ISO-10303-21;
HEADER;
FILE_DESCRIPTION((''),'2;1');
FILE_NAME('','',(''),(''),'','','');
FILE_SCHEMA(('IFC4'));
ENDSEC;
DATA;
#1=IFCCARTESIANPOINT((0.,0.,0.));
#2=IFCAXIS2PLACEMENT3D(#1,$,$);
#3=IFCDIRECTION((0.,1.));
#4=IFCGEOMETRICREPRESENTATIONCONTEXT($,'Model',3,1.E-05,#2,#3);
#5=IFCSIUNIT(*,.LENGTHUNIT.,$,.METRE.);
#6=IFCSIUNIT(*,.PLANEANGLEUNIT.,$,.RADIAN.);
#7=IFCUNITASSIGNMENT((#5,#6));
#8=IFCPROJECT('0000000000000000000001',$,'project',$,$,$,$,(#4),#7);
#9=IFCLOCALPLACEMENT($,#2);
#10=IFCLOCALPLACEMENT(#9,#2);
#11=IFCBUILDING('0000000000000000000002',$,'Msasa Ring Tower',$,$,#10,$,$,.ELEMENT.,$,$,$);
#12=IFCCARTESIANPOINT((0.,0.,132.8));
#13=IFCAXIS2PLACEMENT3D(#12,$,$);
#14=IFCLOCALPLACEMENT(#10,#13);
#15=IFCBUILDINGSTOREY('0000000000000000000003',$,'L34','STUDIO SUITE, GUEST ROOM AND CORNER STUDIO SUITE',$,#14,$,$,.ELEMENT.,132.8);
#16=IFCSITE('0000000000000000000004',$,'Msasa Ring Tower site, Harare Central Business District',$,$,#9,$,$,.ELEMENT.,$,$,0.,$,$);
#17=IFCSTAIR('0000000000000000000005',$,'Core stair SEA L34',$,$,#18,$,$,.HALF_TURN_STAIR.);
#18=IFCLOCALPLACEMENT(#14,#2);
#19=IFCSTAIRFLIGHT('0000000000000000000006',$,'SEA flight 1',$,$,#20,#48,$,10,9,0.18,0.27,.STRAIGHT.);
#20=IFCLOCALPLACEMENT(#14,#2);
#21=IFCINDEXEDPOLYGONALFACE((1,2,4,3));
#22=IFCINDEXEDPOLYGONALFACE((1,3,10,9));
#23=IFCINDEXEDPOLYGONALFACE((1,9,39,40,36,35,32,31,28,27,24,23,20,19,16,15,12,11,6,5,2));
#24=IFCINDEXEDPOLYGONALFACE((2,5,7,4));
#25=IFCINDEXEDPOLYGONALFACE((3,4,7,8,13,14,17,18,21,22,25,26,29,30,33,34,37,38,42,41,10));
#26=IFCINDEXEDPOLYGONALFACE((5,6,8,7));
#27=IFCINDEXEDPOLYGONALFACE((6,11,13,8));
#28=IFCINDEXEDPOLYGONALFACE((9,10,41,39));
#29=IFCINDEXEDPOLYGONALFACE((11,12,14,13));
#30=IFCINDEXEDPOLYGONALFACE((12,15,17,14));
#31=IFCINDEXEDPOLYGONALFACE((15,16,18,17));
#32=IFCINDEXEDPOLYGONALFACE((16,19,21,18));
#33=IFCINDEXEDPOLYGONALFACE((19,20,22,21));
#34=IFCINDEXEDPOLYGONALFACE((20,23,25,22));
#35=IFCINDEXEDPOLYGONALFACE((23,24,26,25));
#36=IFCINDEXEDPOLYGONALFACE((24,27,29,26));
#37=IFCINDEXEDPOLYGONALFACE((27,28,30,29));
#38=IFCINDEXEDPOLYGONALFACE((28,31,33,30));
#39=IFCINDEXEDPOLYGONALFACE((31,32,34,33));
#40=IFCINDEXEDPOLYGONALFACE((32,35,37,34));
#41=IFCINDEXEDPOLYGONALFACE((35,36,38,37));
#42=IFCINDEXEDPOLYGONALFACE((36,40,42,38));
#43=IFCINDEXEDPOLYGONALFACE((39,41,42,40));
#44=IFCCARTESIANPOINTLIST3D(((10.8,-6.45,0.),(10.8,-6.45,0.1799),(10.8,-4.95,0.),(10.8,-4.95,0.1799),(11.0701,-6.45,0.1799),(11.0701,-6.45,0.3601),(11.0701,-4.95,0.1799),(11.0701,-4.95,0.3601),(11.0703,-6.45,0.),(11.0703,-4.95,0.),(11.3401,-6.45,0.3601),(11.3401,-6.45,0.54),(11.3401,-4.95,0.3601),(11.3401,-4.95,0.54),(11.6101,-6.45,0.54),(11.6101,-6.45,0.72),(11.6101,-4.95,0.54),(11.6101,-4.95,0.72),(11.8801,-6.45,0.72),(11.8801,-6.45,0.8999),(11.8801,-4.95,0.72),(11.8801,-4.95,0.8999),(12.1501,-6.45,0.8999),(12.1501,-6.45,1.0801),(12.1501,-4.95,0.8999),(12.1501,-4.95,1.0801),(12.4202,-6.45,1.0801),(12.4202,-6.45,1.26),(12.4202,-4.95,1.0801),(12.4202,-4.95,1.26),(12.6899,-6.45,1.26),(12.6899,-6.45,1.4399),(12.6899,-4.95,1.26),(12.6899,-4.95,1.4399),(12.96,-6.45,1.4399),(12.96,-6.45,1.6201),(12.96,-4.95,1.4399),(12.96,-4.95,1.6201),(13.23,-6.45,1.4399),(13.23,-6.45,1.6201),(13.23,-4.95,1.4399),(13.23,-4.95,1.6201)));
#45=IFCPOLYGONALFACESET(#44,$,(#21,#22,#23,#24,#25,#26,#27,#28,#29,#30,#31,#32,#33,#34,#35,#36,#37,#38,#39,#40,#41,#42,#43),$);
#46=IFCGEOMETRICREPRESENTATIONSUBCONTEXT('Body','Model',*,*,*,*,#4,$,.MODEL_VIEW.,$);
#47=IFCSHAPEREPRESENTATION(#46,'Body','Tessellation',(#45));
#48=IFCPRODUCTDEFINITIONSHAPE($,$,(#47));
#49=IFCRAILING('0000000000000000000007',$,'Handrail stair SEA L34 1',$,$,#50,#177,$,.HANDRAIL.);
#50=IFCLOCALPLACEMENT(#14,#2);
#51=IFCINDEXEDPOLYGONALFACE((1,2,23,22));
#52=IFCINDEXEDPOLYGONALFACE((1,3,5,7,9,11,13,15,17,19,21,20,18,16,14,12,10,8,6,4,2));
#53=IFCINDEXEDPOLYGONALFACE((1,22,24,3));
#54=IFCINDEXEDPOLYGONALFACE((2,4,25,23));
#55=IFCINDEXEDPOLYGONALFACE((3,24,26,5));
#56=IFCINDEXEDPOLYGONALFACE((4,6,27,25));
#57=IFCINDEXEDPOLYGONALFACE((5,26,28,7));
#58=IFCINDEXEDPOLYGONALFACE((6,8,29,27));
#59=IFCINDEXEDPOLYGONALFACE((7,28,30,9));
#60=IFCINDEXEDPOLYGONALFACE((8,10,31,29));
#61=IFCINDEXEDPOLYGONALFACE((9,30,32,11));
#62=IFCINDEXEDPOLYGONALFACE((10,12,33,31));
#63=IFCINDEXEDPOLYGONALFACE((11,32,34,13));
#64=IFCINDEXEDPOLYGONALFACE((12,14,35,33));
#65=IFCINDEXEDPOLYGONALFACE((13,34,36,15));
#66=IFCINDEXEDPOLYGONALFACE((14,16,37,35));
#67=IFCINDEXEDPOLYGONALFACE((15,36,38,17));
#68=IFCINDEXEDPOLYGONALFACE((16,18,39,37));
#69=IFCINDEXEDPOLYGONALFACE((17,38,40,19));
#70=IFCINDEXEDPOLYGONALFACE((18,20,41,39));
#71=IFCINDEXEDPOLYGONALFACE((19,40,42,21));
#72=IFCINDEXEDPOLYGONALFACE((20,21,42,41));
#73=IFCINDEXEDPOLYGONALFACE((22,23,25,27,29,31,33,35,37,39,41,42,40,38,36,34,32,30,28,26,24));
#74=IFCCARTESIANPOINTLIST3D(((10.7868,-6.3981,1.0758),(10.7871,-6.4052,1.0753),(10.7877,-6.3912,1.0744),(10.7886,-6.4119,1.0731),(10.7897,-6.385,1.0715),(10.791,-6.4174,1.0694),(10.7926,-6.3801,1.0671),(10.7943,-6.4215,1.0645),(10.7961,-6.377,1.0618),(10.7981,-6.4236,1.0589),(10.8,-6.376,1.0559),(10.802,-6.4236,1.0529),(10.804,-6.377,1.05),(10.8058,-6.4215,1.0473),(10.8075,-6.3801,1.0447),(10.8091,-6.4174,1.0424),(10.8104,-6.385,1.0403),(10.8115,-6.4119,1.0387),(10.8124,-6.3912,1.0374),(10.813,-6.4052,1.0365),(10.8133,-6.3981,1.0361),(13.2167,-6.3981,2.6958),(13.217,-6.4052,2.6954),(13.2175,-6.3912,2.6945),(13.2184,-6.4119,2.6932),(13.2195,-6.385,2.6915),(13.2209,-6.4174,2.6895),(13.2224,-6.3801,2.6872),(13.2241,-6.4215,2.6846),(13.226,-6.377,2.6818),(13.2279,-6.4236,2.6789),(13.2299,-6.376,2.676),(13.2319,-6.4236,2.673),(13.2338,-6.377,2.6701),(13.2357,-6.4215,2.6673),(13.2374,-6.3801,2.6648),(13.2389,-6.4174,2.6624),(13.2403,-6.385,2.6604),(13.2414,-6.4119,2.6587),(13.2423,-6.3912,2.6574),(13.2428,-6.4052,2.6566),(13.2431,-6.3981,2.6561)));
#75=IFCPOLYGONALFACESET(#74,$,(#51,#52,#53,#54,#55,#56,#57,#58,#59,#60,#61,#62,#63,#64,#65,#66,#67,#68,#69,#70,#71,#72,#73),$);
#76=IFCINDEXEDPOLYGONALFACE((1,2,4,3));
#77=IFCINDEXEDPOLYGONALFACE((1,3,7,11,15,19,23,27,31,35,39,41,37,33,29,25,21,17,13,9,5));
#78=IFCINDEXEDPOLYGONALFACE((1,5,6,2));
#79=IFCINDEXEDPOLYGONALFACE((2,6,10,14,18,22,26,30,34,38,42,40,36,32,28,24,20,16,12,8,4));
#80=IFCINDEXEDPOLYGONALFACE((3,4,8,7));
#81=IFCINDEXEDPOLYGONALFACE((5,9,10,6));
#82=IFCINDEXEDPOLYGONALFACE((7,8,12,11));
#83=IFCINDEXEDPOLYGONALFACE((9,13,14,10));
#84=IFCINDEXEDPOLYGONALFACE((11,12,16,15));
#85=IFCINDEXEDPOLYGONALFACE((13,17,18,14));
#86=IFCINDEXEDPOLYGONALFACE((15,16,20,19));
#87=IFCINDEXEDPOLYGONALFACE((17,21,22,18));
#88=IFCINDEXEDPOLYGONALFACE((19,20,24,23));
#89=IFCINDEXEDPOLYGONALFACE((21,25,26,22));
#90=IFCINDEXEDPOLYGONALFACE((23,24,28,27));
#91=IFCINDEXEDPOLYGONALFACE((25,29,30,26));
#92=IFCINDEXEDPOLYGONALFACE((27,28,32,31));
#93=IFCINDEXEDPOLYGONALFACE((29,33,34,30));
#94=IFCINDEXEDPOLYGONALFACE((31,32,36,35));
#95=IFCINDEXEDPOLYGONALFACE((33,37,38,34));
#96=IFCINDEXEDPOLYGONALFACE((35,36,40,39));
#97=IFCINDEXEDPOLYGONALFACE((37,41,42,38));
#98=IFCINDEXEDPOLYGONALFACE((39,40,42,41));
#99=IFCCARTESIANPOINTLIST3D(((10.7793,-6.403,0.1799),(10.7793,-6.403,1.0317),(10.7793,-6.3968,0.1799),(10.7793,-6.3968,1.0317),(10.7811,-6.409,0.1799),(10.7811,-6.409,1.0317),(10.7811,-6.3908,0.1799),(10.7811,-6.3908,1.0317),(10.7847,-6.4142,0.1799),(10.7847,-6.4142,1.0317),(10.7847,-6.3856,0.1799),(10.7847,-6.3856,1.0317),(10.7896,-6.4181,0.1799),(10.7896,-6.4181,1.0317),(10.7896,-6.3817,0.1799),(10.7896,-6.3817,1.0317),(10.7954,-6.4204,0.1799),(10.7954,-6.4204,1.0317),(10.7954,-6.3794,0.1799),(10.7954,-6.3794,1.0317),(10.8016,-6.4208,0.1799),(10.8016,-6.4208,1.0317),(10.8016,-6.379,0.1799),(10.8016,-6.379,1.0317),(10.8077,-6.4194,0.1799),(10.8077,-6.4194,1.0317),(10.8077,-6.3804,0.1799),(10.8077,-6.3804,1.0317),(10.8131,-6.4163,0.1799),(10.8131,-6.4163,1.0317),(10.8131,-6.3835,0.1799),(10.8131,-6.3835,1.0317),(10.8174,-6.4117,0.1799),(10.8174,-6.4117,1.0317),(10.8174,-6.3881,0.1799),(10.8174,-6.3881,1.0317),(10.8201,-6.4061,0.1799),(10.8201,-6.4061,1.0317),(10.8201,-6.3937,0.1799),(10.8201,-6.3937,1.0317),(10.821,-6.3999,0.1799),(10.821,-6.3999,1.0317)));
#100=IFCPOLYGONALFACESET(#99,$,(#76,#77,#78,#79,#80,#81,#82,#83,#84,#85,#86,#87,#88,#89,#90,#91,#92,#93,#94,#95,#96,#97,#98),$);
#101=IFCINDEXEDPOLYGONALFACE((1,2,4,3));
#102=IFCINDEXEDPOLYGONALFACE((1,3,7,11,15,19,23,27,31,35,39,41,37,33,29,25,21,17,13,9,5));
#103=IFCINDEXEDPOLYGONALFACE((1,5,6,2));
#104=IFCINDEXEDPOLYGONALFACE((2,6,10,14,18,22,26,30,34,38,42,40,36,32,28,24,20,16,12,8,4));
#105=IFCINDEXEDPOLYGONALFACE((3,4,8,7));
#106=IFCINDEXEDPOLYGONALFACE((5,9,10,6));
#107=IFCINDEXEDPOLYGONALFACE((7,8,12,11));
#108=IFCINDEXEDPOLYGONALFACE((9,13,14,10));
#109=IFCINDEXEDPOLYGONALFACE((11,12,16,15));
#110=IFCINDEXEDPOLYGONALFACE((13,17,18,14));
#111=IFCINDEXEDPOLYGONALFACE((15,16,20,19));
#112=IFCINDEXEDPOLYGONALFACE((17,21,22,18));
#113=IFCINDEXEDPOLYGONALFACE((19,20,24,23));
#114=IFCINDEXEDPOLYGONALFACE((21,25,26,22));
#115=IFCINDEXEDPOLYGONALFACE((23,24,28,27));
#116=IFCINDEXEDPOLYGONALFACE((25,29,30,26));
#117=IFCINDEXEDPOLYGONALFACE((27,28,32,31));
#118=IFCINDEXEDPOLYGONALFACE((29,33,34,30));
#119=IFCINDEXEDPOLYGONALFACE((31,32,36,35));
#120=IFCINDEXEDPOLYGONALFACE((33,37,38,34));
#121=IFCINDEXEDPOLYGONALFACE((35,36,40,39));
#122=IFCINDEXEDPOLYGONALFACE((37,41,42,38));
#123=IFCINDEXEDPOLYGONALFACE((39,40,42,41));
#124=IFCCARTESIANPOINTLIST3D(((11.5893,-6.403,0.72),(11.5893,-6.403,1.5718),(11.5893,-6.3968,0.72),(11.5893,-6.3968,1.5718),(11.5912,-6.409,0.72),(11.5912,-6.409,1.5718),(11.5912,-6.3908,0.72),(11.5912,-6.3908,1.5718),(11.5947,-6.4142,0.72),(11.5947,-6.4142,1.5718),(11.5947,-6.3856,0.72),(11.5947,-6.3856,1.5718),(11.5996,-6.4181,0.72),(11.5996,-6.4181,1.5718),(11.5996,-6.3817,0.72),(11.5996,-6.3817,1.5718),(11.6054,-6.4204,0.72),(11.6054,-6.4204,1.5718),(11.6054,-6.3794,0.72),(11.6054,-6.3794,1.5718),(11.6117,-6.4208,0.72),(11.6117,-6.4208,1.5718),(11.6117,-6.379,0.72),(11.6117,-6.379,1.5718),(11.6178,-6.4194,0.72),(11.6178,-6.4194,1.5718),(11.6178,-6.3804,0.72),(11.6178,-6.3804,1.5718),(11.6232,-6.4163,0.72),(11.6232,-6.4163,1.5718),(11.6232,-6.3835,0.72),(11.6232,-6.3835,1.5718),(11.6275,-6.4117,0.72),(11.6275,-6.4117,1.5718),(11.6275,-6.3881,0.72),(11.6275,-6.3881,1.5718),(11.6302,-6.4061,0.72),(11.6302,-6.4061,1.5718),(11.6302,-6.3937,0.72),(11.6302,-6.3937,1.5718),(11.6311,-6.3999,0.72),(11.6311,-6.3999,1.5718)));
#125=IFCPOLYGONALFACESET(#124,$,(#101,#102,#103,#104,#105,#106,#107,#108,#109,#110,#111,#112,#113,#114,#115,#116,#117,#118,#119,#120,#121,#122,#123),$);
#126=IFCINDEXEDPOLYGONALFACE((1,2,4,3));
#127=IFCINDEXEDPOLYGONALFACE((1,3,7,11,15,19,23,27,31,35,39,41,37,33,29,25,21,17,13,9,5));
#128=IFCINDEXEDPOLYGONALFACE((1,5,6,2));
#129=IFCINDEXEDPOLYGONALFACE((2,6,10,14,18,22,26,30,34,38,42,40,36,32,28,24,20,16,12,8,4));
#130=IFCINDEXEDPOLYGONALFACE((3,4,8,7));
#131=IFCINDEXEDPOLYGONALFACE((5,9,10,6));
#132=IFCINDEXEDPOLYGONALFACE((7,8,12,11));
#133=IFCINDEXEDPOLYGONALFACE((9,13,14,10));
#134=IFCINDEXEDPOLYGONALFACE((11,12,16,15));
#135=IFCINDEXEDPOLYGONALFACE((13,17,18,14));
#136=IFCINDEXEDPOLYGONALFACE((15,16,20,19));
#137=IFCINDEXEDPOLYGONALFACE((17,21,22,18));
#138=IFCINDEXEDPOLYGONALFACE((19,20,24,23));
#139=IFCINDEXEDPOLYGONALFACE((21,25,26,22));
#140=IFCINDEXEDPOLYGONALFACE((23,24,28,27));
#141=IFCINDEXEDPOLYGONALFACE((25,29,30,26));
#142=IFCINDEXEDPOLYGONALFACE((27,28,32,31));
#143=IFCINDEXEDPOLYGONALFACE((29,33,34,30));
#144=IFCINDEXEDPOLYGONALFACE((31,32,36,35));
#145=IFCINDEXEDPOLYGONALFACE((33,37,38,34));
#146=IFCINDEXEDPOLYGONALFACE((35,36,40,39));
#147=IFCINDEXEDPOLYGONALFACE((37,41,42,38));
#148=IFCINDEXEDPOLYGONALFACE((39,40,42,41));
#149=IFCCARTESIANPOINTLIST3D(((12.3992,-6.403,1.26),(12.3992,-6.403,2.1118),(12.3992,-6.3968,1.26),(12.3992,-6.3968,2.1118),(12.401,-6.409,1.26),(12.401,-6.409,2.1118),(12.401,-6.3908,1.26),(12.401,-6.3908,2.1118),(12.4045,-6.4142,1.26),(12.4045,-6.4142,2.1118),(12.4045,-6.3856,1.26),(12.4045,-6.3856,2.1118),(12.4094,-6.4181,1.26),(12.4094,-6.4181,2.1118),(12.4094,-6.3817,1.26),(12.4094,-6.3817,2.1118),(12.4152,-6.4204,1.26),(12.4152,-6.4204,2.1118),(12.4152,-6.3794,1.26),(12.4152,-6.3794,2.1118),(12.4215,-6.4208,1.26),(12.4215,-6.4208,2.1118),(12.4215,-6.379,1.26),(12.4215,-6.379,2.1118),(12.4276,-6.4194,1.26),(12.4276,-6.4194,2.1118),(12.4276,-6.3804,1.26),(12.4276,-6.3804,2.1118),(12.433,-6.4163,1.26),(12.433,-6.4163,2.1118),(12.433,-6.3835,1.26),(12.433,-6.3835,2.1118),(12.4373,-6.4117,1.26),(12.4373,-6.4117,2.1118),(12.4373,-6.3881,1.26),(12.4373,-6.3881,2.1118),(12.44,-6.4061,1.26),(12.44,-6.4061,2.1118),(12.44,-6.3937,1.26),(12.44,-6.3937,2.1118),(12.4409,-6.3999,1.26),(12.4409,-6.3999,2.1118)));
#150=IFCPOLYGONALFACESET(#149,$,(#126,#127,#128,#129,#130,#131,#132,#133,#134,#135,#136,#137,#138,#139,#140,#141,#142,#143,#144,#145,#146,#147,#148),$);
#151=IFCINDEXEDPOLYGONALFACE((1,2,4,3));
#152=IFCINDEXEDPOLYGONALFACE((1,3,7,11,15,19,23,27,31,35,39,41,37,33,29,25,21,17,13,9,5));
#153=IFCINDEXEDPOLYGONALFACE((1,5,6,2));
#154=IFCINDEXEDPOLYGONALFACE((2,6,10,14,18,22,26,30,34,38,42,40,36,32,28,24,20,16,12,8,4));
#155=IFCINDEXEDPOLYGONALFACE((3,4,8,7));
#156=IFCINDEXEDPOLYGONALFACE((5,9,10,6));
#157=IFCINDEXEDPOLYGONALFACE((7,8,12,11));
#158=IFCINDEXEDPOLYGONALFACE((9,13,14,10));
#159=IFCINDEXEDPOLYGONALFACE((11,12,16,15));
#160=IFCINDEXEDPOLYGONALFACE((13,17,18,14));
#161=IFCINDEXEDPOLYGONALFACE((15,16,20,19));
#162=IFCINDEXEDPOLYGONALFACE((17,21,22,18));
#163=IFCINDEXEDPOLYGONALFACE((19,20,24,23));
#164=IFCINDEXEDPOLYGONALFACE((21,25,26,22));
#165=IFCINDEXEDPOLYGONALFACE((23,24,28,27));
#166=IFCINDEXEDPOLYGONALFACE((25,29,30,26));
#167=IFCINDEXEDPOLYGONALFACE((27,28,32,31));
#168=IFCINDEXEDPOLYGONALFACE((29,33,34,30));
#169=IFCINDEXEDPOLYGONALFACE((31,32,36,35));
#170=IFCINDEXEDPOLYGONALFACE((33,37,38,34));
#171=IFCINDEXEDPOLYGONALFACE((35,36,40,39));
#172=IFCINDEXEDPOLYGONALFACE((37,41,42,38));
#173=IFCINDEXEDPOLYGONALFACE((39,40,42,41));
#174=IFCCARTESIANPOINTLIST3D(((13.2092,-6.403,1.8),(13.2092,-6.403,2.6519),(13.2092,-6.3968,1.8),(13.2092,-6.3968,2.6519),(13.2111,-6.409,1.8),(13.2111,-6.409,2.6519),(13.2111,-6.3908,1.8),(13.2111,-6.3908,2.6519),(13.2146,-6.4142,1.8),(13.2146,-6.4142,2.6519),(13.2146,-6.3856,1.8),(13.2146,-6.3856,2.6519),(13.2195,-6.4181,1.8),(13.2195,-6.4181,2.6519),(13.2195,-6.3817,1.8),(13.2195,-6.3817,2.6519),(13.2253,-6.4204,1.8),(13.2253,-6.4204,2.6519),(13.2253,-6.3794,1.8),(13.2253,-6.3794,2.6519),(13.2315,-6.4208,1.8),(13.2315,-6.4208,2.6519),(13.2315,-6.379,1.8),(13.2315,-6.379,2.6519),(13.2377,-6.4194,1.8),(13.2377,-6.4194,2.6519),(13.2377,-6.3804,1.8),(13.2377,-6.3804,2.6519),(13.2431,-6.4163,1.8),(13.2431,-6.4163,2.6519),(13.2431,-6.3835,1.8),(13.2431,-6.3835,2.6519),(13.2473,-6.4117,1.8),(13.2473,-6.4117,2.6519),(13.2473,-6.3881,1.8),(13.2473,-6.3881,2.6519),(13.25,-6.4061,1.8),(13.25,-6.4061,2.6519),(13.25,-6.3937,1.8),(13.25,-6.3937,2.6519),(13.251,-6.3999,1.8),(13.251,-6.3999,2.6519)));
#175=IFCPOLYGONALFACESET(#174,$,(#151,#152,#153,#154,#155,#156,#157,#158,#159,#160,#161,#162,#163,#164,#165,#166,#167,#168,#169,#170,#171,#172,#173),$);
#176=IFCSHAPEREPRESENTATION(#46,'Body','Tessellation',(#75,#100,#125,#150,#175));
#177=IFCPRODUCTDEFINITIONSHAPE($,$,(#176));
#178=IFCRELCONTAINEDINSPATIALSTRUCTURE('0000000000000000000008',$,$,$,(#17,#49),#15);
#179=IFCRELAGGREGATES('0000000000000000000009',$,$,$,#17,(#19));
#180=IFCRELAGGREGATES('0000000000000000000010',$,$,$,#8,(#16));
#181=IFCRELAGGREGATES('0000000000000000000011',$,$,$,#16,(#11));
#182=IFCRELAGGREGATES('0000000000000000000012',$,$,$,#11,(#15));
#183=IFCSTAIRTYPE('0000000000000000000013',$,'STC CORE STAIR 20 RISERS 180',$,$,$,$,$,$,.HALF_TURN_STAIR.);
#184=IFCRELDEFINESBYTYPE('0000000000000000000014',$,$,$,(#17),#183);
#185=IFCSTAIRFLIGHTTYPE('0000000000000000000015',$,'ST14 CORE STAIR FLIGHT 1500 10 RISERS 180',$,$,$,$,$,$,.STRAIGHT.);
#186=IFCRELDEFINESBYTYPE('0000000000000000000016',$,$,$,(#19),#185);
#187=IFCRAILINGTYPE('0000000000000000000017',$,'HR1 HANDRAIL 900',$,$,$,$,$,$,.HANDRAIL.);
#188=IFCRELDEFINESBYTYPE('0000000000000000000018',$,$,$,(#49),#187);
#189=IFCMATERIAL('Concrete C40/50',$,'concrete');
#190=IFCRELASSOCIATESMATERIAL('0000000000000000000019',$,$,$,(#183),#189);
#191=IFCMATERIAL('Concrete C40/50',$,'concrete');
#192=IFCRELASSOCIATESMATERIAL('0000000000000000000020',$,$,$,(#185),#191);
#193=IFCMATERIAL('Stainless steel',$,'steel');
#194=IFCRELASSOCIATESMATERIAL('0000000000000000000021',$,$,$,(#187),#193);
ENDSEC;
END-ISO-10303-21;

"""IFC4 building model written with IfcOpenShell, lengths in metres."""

from ifc_helpers import new_model, si_unit, direction, frame, origin, origin_2d, place, context, subcontext, project, spatial, polyline, circle, outline, extrude, material, type_object, element, aggregate, save


model = new_model("IFC4")

# Units and contexts
model_context = context("Model", 3, precision=1e-05, world=origin(), true_north=direction((0.0, 1.0)))
body_context = subcontext(model_context, "Body", "Model", "MODEL_VIEW")
ifc_project = project(units=[si_unit("LENGTHUNIT", "METRE"), si_unit("PLANEANGLEUNIT", "RADIAN")], contexts=[model_context])

# Site, building, storey
site_placement = place(None, origin())
site = spatial("IfcSite", under=ifc_project, at=site_placement, Name="Msasa Ring Tower site, Harare Central Business District", CompositionType="ELEMENT", RefElevation=0.0)
building_placement = place(site_placement, origin())
building = spatial("IfcBuilding", under=site, at=building_placement, Name="Msasa Ring Tower", CompositionType="ELEMENT")
storey_placement = place(building_placement, frame((0.0, 0.0, 132.8)))
storey = spatial("IfcBuildingStorey", under=building, at=storey_placement, Name="L34", Description="STUDIO SUITE, GUEST ROOM AND CORNER STUDIO SUITE", CompositionType="ELEMENT", Elevation=132.8)

# Shared definitions
ifc_material_1 = material(Name="Concrete C40/50", Category="concrete")
stair_type = type_object("IfcStairType", Name="STC CORE STAIR 20 RISERS 180", PredefinedType="HALF_TURN_STAIR", material=ifc_material_1)

# Stair, stair flight
stair_1_placement = place(storey_placement, origin())
stair_1 = element("IfcStair", 1, at=stair_1_placement, inside=storey, type_object=stair_type, Name="Core stair SEA L34", PredefinedType="HALF_TURN_STAIR")
ifc_material_2 = material(Name="Concrete C40/50", Category="concrete")
stair_flight_type = type_object("IfcStairFlightType", Name="ST14 CORE STAIR FLIGHT 1500 10 RISERS 180", PredefinedType="STRAIGHT", material=ifc_material_2)
stair_flight_placement = place(storey_placement, frame((10.8, -5.7, 0.0), z_axis=(0.0, 0.0, 1.0), x_axis=(1.0, 0.0, 0.0)))
stair_flight = element("IfcStairFlight", 2, at=stair_flight_placement, type_object=stair_flight_type, Name="SEA flight 1", NumberOfRisers=10, NumberOfTreads=9, PredefinedType="STRAIGHT", RiserHeight=0.18, TreadLength=0.27, context=body_context, shape_type="SweptSolid", body=[
    extrude(outline(polyline([(0.0, 0.0), (0.0, 0.1799), (0.27, 0.1799), (0.27, 0.3601), (0.54, 0.3601), (0.54, 0.54), (0.8101, 0.54), (0.8101, 0.72), (1.0801, 0.72), (1.0801, 0.8999), (1.3501, 0.8999), (1.3501, 1.0801), (1.6201, 1.0801), (1.6201, 1.26), (1.8899, 1.26), (1.8899, 1.4399), (2.1599, 1.4399), (2.1599, 1.6201), (2.4299, 1.6201), (2.4299, 1.8), (2.4299, 1.4399), (0.2703, 0.0), (0.0, 0.0)])), frame((0.0, 0.75, 0.0), z_axis=(0.0, -1.0, 0.0), x_axis=(1.0, 0.0, 0.0)), (0.0, 0.0, 1.0), 1.5),
])
aggregate(stair_1, [stair_flight])

# Railing
ifc_material_3 = material(Name="Stainless steel", Category="steel")
railing_type = type_object("IfcRailingType", Name="HR1 HANDRAIL 900", PredefinedType="HANDRAIL", material=ifc_material_3)
for number, where, name in (
    (3, (10.8, -6.3999, 0.1799), "Handrail stair SEA L34 1"),
):
    element("IfcRailing", number, at=place(storey_placement, frame(where)), inside=storey, type_object=railing_type, Name=name, PredefinedType="HANDRAIL", context=body_context, shape_type="SweptSolid", body=[
        extrude(circle(Radius=0.0239, at=origin_2d()), frame((0.0, 0.0, 0.876), z_axis=(0.832025, 0.0, 0.554739), x_axis=(0.0, 1.0, 0.0)), (0.0, 0.0, 1.0), 2.9204),
        extrude(circle(Radius=0.021, at=origin_2d()), origin(), (0.0, 0.0, 1.0), 0.8518),
        extrude(circle(Radius=0.021, at=origin_2d()), frame((0.8101, 0.0, 0.54)), (0.0, 0.0, 1.0), 0.8518),
        extrude(circle(Radius=0.021, at=origin_2d()), frame((1.6199, 0.0, 1.0801)), (0.0, 0.0, 1.0), 0.8518),
        extrude(circle(Radius=0.021, at=origin_2d()), frame((2.4299, 0.0, 1.6201)), (0.0, 0.0, 1.0), 0.8518),
    ])

save(model, "model.ifc")
